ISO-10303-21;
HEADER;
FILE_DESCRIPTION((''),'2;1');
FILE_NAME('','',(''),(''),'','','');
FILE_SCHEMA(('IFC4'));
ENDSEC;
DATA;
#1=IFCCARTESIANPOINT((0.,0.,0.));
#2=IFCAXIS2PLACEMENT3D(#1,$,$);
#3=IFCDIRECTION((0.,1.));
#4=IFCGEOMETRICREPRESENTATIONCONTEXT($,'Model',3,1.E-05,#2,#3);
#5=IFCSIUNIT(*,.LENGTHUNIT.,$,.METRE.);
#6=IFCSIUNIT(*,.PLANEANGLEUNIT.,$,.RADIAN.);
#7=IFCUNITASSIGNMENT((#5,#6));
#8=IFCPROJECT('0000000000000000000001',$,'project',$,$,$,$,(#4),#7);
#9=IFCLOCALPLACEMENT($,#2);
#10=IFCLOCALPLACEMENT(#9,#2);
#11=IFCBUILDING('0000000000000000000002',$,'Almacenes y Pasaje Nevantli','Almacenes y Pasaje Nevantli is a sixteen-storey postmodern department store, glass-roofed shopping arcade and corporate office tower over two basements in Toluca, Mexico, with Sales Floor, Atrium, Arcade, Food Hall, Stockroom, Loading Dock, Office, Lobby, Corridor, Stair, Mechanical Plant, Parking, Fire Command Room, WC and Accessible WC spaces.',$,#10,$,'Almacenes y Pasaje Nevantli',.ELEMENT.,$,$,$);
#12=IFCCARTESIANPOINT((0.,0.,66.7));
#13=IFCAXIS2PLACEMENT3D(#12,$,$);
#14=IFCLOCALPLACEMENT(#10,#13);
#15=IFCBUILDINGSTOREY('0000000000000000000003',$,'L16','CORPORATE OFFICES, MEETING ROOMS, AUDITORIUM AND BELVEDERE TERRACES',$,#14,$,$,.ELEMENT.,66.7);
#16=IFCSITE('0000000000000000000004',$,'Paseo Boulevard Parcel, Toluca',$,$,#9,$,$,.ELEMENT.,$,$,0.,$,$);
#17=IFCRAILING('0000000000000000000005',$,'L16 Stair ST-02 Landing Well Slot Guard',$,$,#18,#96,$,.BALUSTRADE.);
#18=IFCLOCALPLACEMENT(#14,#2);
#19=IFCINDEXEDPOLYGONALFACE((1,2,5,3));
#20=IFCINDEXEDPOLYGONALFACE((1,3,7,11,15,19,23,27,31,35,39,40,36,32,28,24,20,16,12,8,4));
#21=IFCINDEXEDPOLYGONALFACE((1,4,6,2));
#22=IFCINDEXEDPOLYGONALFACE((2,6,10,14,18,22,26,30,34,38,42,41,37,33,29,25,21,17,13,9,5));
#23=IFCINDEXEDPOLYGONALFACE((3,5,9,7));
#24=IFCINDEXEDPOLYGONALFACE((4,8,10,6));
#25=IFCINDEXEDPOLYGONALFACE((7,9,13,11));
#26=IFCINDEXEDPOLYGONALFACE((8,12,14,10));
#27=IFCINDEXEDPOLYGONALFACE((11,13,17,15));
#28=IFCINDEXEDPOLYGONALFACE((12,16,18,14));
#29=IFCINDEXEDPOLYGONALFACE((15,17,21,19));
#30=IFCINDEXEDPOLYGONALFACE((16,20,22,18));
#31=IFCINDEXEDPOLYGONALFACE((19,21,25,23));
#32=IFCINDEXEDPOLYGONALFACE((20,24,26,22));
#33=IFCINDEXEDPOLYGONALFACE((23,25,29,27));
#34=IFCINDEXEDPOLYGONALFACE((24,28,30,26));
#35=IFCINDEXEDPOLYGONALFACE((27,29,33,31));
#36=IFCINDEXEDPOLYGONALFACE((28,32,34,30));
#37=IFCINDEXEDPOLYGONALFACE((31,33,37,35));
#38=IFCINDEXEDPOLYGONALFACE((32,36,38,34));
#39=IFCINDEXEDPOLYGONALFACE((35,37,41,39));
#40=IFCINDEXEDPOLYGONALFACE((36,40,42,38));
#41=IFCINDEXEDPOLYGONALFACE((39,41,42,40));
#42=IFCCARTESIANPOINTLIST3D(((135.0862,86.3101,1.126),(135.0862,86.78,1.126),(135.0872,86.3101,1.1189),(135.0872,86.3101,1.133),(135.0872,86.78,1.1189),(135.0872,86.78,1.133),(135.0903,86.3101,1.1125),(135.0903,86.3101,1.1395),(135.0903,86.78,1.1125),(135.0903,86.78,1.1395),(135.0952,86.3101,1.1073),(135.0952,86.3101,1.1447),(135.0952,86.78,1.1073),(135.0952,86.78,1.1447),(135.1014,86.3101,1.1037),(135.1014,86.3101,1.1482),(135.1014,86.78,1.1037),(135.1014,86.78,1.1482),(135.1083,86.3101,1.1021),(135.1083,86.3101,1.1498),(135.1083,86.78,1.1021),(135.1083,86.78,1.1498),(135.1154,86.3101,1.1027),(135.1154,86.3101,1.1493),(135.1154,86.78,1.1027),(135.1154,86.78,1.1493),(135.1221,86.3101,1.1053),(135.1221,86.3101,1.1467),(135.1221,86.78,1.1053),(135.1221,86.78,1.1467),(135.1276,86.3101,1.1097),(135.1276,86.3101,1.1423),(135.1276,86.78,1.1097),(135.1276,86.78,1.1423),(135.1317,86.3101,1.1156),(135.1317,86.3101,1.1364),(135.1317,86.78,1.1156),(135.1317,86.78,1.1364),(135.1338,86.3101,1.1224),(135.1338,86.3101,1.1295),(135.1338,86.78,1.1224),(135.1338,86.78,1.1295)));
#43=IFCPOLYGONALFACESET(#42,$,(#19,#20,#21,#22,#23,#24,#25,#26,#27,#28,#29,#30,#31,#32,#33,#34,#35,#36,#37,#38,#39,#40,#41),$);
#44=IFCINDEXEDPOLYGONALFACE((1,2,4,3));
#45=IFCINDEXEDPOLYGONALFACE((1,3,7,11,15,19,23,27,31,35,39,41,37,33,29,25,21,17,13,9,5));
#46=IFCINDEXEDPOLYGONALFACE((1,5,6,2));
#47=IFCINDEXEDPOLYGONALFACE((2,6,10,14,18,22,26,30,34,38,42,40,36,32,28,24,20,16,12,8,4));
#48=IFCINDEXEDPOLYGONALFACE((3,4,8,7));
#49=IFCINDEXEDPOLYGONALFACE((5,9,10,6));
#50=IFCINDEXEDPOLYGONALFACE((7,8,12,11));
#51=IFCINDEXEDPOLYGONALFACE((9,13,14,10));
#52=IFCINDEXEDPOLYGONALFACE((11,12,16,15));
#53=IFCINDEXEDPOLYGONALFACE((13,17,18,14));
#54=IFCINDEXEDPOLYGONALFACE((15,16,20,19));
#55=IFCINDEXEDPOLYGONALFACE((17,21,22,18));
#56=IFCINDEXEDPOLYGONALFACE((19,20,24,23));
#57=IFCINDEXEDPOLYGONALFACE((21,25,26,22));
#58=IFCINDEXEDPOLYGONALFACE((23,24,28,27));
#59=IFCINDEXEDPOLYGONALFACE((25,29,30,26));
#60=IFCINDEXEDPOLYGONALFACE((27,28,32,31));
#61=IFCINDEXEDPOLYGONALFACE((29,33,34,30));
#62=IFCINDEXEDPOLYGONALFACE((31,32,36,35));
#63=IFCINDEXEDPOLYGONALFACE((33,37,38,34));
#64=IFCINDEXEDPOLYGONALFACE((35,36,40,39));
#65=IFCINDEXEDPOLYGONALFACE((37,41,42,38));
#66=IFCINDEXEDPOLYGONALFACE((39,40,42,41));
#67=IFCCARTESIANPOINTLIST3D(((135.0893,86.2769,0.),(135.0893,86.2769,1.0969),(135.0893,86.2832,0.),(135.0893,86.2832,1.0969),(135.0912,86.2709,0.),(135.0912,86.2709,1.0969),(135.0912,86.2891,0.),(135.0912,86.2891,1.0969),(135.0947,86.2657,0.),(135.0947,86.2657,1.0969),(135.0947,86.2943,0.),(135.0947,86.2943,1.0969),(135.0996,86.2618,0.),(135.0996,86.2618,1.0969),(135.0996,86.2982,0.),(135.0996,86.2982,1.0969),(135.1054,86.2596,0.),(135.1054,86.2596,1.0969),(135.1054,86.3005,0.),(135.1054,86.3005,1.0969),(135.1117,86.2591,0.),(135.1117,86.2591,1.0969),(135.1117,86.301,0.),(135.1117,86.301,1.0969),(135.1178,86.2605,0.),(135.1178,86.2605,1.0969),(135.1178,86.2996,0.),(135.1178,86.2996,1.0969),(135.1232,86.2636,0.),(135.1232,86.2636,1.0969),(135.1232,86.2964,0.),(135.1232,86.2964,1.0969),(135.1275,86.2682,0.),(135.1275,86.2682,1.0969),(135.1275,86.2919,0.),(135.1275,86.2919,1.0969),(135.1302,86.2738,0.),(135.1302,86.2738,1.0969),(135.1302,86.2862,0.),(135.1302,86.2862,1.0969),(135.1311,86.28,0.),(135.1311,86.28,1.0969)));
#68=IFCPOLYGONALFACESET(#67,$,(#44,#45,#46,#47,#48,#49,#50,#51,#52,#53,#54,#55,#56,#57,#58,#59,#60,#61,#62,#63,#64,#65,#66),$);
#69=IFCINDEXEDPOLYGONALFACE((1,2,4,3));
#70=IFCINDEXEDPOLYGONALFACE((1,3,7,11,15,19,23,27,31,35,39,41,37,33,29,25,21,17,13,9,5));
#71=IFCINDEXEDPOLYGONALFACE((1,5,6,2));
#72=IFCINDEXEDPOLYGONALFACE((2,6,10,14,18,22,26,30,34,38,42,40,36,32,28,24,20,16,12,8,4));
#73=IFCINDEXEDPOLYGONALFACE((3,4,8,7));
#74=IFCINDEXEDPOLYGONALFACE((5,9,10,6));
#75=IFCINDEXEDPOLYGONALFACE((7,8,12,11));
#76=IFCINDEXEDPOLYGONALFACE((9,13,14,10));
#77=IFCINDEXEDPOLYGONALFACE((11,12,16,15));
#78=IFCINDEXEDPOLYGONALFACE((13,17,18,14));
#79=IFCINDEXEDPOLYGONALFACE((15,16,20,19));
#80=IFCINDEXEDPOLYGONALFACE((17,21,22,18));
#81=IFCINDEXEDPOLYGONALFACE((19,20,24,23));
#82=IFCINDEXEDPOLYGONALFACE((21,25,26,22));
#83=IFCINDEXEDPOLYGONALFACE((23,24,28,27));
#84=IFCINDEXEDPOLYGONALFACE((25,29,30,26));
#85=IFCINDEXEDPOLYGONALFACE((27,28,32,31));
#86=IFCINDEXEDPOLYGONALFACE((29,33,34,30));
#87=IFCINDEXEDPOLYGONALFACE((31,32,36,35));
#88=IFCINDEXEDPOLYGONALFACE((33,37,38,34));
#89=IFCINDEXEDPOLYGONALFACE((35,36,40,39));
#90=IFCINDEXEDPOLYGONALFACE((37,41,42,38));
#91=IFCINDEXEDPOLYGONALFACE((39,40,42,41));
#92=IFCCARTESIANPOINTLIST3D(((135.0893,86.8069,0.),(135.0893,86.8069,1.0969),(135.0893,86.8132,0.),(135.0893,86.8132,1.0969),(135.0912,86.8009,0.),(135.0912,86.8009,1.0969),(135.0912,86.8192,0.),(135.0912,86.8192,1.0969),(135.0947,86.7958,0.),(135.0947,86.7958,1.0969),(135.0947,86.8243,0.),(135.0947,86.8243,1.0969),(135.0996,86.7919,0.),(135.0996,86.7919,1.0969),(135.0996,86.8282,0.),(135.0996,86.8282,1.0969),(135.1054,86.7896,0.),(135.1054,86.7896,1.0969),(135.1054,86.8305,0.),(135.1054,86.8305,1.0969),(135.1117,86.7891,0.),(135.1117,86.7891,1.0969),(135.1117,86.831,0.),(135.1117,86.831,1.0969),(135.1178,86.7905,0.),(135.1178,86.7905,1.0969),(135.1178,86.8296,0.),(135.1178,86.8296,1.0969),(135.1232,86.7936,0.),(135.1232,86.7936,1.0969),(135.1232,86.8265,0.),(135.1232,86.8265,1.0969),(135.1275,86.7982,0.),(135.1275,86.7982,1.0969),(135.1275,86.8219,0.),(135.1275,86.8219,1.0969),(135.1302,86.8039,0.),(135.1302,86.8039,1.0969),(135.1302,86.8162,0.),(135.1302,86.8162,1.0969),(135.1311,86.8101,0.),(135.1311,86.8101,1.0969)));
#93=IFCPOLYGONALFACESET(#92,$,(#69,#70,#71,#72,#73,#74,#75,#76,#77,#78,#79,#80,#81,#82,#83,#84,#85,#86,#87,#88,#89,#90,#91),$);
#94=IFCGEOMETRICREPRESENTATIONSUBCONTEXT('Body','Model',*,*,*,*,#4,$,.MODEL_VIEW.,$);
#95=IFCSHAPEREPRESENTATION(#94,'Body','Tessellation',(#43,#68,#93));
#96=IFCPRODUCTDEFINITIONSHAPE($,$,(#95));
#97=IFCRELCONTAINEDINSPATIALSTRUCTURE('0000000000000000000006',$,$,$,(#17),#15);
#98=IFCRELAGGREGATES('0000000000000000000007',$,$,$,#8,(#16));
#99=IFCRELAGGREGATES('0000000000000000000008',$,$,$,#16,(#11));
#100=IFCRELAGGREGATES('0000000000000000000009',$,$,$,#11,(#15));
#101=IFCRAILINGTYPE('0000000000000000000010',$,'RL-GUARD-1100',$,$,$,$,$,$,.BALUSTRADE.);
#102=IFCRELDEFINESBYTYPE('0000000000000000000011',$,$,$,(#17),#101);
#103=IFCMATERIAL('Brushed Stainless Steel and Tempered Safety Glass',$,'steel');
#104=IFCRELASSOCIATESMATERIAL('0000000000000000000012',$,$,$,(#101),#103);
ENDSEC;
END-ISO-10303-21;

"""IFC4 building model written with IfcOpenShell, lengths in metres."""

from ifc_helpers import new_model, si_unit, direction, frame, origin, origin_2d, place, context, subcontext, project, spatial, circle, extrude, material, type_object, element, save


model = new_model("IFC4")

# Units and contexts
model_context = context("Model", 3, precision=1e-05, world=origin(), true_north=direction((0.0, 1.0)))
body_context = subcontext(model_context, "Body", "Model", "MODEL_VIEW")
ifc_project = project(units=[si_unit("LENGTHUNIT", "METRE"), si_unit("PLANEANGLEUNIT", "RADIAN")], contexts=[model_context])

# Site, building, storey
site_placement = place(None, origin())
site = spatial("IfcSite", under=ifc_project, at=site_placement, Name="Paseo Boulevard Parcel, Toluca", CompositionType="ELEMENT", RefElevation=0.0)
building_placement = place(site_placement, origin())
building = spatial("IfcBuilding", under=site, at=building_placement, Name="Almacenes y Pasaje Nevantli", Description="Almacenes y Pasaje Nevantli is a sixteen-storey postmodern department store, glass-roofed shopping arcade and corporate office tower over two basements in Toluca, Mexico, with Sales Floor, Atrium, Arcade, Food Hall, Stockroom, Loading Dock, Office, Lobby, Corridor, Stair, Mechanical Plant, Parking, Fire Command Room, WC and Accessible WC spaces.", LongName="Almacenes y Pasaje Nevantli", CompositionType="ELEMENT")
storey_placement = place(building_placement, frame((0.0, 0.0, 66.7)))
storey = spatial("IfcBuildingStorey", under=building, at=storey_placement, Name="L16", Description="CORPORATE OFFICES, MEETING ROOMS, AUDITORIUM AND BELVEDERE TERRACES", CompositionType="ELEMENT", Elevation=66.7)

# Railing
ifc_material_1 = material(Name="Brushed Stainless Steel and Tempered Safety Glass", Category="steel")
railing_type_1 = type_object("IfcRailingType", Name="RL-GUARD-1100", PredefinedType="BALUSTRADE", material=ifc_material_1)
railing_1_placement = place(storey_placement, frame((135.1101, 86.28, 0.0)))
element("IfcRailing", 1, at=railing_1_placement, inside=storey, type_object=railing_type_1, Name="L16 Stair ST-02 Landing Well Slot Guard", PredefinedType="BALUSTRADE", context=body_context, shape_type="SweptSolid", body=[
    extrude(circle(Radius=0.0239, at=origin_2d()), frame((0.0, 0.03, 1.126), z_axis=(0.0, 1.0, 0.0), x_axis=(-1.0, 0.0, 0.0)), (0.0, 0.0, 1.0), 0.47),
    extrude(circle(Radius=0.021, at=origin_2d()), origin(), (0.0, 0.0, 1.0), 1.0969),
    extrude(circle(Radius=0.021, at=origin_2d()), frame((0.0, 0.53, 0.0)), (0.0, 0.0, 1.0), 1.0969),
])

save(model, "model.ifc")
